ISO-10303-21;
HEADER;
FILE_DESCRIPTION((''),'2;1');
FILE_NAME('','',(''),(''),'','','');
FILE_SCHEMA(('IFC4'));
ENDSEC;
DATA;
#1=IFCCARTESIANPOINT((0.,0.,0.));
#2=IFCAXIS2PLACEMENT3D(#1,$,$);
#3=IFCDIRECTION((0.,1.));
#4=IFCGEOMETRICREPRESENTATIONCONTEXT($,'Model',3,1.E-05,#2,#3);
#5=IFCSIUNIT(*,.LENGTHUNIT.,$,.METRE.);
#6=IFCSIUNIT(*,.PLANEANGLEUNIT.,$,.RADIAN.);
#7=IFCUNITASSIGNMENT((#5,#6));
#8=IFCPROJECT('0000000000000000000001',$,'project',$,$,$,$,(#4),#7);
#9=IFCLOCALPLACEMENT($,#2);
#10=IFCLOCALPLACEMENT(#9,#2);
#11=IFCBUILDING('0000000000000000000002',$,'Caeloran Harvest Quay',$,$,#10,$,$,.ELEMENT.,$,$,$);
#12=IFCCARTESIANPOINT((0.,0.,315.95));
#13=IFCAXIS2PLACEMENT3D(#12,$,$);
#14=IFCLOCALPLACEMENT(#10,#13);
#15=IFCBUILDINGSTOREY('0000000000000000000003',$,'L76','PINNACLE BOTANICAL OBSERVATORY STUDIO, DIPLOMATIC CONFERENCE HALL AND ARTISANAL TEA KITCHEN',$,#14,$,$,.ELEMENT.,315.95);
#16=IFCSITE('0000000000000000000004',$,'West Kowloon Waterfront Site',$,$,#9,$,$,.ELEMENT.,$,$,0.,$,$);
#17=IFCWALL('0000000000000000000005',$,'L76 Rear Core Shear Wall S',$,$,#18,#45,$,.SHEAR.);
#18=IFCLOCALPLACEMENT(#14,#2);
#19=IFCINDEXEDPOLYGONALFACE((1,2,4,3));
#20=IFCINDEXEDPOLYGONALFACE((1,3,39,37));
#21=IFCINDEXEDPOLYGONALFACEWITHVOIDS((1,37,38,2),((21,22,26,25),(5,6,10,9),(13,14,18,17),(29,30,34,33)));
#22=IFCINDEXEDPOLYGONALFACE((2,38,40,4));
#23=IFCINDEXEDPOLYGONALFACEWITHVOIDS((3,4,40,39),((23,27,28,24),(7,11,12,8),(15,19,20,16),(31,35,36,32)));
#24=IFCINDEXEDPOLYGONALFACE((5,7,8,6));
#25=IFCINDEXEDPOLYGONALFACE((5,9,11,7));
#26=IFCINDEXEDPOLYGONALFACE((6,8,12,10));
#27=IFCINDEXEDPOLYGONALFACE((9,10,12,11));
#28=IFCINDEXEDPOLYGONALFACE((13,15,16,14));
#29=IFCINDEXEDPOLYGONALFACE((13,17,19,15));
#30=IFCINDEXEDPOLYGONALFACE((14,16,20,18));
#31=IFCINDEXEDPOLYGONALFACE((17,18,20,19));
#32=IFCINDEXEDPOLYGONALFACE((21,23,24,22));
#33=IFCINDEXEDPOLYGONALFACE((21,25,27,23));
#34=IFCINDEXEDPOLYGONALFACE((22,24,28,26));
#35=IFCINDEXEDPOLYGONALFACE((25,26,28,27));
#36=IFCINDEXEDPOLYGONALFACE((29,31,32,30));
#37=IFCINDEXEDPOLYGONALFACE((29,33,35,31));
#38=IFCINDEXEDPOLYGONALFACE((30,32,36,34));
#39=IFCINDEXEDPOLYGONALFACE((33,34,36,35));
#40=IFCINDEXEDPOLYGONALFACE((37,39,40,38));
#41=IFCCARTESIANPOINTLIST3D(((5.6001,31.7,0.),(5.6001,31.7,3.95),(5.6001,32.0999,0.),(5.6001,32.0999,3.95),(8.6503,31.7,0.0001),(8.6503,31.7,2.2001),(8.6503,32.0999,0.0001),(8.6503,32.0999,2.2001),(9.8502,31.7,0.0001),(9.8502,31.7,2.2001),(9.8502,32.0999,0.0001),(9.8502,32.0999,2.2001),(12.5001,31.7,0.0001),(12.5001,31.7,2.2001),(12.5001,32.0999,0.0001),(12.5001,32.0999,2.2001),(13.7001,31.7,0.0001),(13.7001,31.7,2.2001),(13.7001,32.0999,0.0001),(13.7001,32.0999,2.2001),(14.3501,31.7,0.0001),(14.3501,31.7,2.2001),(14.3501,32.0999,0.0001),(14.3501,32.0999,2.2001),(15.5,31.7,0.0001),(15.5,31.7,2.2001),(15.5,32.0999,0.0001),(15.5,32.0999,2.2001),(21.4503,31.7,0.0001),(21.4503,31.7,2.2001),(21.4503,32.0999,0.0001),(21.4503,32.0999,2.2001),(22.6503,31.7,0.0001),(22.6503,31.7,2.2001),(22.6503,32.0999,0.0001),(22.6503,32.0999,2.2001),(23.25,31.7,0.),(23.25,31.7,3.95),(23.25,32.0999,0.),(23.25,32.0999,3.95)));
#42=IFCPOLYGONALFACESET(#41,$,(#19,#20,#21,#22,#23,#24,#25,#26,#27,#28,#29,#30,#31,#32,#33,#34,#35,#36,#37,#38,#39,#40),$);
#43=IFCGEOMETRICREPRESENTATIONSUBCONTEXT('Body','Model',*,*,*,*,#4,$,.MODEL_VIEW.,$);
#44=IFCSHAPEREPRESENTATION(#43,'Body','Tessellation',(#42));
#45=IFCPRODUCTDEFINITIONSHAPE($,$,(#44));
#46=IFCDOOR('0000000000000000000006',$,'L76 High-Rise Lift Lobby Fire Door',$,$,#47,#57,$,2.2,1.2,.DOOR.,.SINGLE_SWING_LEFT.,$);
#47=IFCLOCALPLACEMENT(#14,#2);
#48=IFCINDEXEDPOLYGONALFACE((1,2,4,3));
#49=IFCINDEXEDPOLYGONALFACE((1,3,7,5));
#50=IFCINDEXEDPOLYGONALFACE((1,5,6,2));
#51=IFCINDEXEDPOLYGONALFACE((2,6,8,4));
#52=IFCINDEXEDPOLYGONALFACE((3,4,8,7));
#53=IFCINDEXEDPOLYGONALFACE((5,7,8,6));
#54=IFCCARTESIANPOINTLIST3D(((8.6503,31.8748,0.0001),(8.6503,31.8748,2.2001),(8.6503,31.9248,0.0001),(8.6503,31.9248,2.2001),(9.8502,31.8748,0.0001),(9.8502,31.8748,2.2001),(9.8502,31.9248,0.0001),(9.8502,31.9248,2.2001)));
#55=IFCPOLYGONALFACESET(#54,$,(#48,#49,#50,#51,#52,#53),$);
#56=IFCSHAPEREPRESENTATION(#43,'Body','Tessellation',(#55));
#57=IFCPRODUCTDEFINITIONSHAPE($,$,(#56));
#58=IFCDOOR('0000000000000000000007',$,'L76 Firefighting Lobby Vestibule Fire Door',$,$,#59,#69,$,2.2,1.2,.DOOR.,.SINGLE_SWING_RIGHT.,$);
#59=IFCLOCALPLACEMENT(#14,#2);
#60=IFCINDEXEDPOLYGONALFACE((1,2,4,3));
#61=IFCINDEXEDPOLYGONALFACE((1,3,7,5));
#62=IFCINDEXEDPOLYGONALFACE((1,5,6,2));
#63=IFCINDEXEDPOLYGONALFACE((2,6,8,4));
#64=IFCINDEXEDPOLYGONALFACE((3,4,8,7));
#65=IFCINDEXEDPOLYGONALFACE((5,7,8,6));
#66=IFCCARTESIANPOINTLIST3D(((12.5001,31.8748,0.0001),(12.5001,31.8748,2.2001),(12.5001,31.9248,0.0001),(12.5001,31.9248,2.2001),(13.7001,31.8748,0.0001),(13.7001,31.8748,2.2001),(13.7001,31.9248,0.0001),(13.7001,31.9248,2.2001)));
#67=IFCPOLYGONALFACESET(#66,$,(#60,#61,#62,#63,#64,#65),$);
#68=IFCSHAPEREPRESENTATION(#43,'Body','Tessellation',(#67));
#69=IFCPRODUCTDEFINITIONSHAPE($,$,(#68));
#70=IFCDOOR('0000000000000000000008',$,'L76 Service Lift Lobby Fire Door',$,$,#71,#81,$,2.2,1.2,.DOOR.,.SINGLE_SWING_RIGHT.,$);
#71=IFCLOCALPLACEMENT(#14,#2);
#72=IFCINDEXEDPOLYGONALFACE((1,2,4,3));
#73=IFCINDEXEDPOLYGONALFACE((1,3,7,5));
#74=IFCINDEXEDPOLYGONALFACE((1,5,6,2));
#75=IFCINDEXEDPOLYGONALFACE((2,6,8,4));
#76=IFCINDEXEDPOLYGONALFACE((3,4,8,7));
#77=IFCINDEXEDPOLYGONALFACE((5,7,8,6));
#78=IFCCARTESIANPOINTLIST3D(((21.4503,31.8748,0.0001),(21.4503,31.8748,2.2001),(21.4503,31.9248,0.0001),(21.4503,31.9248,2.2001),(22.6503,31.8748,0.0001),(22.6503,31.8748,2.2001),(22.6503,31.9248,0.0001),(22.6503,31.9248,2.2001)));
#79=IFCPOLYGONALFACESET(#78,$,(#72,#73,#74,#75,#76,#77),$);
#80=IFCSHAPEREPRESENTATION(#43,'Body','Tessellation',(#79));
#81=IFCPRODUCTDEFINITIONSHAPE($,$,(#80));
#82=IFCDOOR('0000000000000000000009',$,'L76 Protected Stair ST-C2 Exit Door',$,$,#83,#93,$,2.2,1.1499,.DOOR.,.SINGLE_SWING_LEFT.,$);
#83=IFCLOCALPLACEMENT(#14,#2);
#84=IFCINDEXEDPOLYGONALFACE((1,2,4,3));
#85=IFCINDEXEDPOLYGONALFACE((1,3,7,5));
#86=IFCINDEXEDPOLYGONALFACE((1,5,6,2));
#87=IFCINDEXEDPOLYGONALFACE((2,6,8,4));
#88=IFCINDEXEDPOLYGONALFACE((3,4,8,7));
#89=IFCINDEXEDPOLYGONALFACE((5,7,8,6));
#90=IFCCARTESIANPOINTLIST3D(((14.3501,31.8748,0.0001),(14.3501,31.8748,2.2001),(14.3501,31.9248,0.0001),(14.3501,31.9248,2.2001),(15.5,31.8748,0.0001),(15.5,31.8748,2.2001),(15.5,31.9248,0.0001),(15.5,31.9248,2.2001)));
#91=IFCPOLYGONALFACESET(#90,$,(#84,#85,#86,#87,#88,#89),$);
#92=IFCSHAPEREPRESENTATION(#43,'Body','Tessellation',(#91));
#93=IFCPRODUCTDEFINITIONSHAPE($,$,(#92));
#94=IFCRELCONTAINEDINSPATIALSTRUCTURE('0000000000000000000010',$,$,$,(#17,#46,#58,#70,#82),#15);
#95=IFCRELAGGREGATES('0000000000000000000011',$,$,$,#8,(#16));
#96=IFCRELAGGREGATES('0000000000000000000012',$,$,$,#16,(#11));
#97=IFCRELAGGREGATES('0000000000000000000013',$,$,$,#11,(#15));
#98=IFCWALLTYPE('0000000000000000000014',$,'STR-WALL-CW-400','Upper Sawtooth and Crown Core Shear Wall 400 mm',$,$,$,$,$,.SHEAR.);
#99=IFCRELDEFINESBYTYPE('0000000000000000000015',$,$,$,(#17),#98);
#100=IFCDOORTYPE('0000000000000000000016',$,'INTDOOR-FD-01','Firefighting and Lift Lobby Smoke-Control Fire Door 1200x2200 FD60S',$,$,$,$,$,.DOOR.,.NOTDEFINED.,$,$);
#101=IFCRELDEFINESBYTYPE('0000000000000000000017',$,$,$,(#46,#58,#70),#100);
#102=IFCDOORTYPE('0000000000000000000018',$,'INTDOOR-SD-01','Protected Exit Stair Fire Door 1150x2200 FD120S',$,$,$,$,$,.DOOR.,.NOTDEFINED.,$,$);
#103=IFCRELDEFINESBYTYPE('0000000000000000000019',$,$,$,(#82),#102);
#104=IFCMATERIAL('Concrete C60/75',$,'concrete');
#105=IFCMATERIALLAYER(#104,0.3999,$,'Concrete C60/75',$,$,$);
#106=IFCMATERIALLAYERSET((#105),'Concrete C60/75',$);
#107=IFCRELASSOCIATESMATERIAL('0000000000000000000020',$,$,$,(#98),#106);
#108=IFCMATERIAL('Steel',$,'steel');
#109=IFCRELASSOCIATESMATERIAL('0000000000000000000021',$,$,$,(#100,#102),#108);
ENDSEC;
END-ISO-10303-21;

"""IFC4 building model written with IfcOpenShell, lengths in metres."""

from ifc_helpers import new_model, si_unit, direction, frame, frame_2d, origin, place, context, subcontext, project, spatial, rectangle, extrude, material, layer, layer_set, type_object, element, fill, save


model = new_model("IFC4")

# Units and contexts
model_context = context("Model", 3, precision=1e-05, world=origin(), true_north=direction((0.0, 1.0)))
body_context = subcontext(model_context, "Body", "Model", "MODEL_VIEW")
ifc_project = project(units=[si_unit("LENGTHUNIT", "METRE"), si_unit("PLANEANGLEUNIT", "RADIAN")], contexts=[model_context])

# Site, building, storey
site_placement = place(None, origin())
site = spatial("IfcSite", under=ifc_project, at=site_placement, Name="West Kowloon Waterfront Site", CompositionType="ELEMENT", RefElevation=0.0)
building_placement = place(site_placement, origin())
building = spatial("IfcBuilding", under=site, at=building_placement, Name="Caeloran Harvest Quay", CompositionType="ELEMENT")
storey_placement = place(building_placement, frame((0.0, 0.0, 315.95)))
storey = spatial("IfcBuildingStorey", under=building, at=storey_placement, Name="L76", Description="PINNACLE BOTANICAL OBSERVATORY STUDIO, DIPLOMATIC CONFERENCE HALL AND ARTISANAL TEA KITCHEN", CompositionType="ELEMENT", Elevation=315.95)

# Wall, openings, doors
ifc_material_1 = material(Name="Concrete C60/75", Category="concrete")
ifc_layer_1 = layer(ifc_material_1, 0.3999, Name="Concrete C60/75")
ifc_layer_set_1 = layer_set([ifc_layer_1], Name="Concrete C60/75")
wall_type_1 = type_object("IfcWallType", Name="STR-WALL-CW-400", Description="Upper Sawtooth and Crown Core Shear Wall 400 mm", PredefinedType="SHEAR", material=ifc_layer_set_1)
wall_1_placement = place(storey_placement, frame((5.6001, 31.8999, 0.0), z_axis=(0.0, 0.0, 1.0), x_axis=(1.0, 0.0, 0.0)))
wall_1 = element("IfcWall", 1, at=wall_1_placement, inside=storey, type_object=wall_type_1, Name="L76 Rear Core Shear Wall S", PredefinedType="SHEAR", context=body_context, shape_type="SweptSolid", body=[
    extrude(rectangle(XDim=17.6499, YDim=0.3999, at=frame_2d((8.825, 0.0))), origin(), (0.0, 0.0, 1.0), 3.95),
])
opening_1_placement = place(wall_1_placement, frame((3.05, 0.0, 0.0)))
opening_1 = element("IfcOpeningElement", 2, at=opening_1_placement, cuts=wall_1, PredefinedType="OPENING", context=body_context, shape_type="SweptSolid", body=[
    extrude(rectangle(XDim=1.2, YDim=2.2, at=frame_2d((0.6001, 1.1001))), frame((0.0, 0.21, 0.0), z_axis=(0.0, -1.0, 0.0), x_axis=(1.0, 0.0, 0.0)), (0.0, 0.0, 1.0), 0.4199),
])
opening_2_placement = place(wall_1_placement, frame((6.8999, 0.0, 0.0)))
opening_2 = element("IfcOpeningElement", 3, at=opening_2_placement, cuts=wall_1, PredefinedType="OPENING", context=body_context, shape_type="SweptSolid", body=[
    extrude(rectangle(XDim=1.2, YDim=2.2, at=frame_2d((0.6001, 1.1001))), frame((0.0, 0.21, 0.0), z_axis=(0.0, -1.0, 0.0), x_axis=(1.0, 0.0, 0.0)), (0.0, 0.0, 1.0), 0.4199),
])
opening_3_placement = place(wall_1_placement, frame((8.75, 0.0, 0.0)))
opening_3 = element("IfcOpeningElement", 4, at=opening_3_placement, cuts=wall_1, PredefinedType="OPENING", context=body_context, shape_type="SweptSolid", body=[
    extrude(rectangle(XDim=1.1499, YDim=2.2, at=frame_2d((0.575, 1.1001))), frame((0.0, 0.21, 0.0), z_axis=(0.0, -1.0, 0.0), x_axis=(1.0, 0.0, 0.0)), (0.0, 0.0, 1.0), 0.4199),
])
opening_4_placement = place(wall_1_placement, frame((15.8501, 0.0, 0.0)))
opening_4 = element("IfcOpeningElement", 5, at=opening_4_placement, cuts=wall_1, PredefinedType="OPENING", context=body_context, shape_type="SweptSolid", body=[
    extrude(rectangle(XDim=1.2, YDim=2.2, at=frame_2d((0.6001, 1.1001))), frame((0.0, 0.21, 0.0), z_axis=(0.0, -1.0, 0.0), x_axis=(1.0, 0.0, 0.0)), (0.0, 0.0, 1.0), 0.4199),
])
ifc_material_2 = material(Name="Steel", Category="steel")
door_type_1 = type_object("IfcDoorType", Name="INTDOOR-FD-01", Description="Firefighting and Lift Lobby Smoke-Control Fire Door 1200x2200 FD60S", OperationType="NOTDEFINED", PredefinedType="DOOR", material=ifc_material_2)
door_1_placement = place(opening_1_placement, origin())
door_1 = element("IfcDoor", 6, at=door_1_placement, inside=storey, type_object=door_type_1, Name="L76 High-Rise Lift Lobby Fire Door", OperationType="SINGLE_SWING_LEFT", OverallHeight=2.2, OverallWidth=1.2, PredefinedType="DOOR", context=body_context, shape_type="SweptSolid", body=[
    extrude(rectangle(XDim=1.2, YDim=2.2, at=frame_2d((0.6001, 1.1001))), frame((0.0, 0.0249, 0.0), z_axis=(0.0, -1.0, 0.0), x_axis=(1.0, 0.0, 0.0)), (0.0, 0.0, 1.0), 0.05),
])
fill(opening_1, door_1)
door_2_placement = place(opening_2_placement, origin())
door_2 = element("IfcDoor", 7, at=door_2_placement, inside=storey, type_object=door_type_1, Name="L76 Firefighting Lobby Vestibule Fire Door", OperationType="SINGLE_SWING_RIGHT", OverallHeight=2.2, OverallWidth=1.2, PredefinedType="DOOR", context=body_context, shape_type="SweptSolid", body=[
    extrude(rectangle(XDim=1.2, YDim=2.2, at=frame_2d((0.6001, 1.1001))), frame((0.0, 0.0249, 0.0), z_axis=(0.0, -1.0, 0.0), x_axis=(1.0, 0.0, 0.0)), (0.0, 0.0, 1.0), 0.05),
])
fill(opening_2, door_2)
door_3_placement = place(opening_4_placement, origin())
door_3 = element("IfcDoor", 8, at=door_3_placement, inside=storey, type_object=door_type_1, Name="L76 Service Lift Lobby Fire Door", OperationType="SINGLE_SWING_RIGHT", OverallHeight=2.2, OverallWidth=1.2, PredefinedType="DOOR", context=body_context, shape_type="SweptSolid", body=[
    extrude(rectangle(XDim=1.2, YDim=2.2, at=frame_2d((0.6001, 1.1001))), frame((0.0, 0.0249, 0.0), z_axis=(0.0, -1.0, 0.0), x_axis=(1.0, 0.0, 0.0)), (0.0, 0.0, 1.0), 0.05),
])
fill(opening_4, door_3)
door_type_2 = type_object("IfcDoorType", Name="INTDOOR-SD-01", Description="Protected Exit Stair Fire Door 1150x2200 FD120S", OperationType="NOTDEFINED", PredefinedType="DOOR", material=ifc_material_2)
door_4_placement = place(opening_3_placement, origin())
door_4 = element("IfcDoor", 9, at=door_4_placement, inside=storey, type_object=door_type_2, Name="L76 Protected Stair ST-C2 Exit Door", OperationType="SINGLE_SWING_LEFT", OverallHeight=2.2, OverallWidth=1.1499, PredefinedType="DOOR", context=body_context, shape_type="SweptSolid", body=[
    extrude(rectangle(XDim=1.1499, YDim=2.2, at=frame_2d((0.575, 1.1001))), frame((0.0, 0.0249, 0.0), z_axis=(0.0, -1.0, 0.0), x_axis=(1.0, 0.0, 0.0)), (0.0, 0.0, 1.0), 0.05),
])
fill(opening_3, door_4)

save(model, "model.ifc")
